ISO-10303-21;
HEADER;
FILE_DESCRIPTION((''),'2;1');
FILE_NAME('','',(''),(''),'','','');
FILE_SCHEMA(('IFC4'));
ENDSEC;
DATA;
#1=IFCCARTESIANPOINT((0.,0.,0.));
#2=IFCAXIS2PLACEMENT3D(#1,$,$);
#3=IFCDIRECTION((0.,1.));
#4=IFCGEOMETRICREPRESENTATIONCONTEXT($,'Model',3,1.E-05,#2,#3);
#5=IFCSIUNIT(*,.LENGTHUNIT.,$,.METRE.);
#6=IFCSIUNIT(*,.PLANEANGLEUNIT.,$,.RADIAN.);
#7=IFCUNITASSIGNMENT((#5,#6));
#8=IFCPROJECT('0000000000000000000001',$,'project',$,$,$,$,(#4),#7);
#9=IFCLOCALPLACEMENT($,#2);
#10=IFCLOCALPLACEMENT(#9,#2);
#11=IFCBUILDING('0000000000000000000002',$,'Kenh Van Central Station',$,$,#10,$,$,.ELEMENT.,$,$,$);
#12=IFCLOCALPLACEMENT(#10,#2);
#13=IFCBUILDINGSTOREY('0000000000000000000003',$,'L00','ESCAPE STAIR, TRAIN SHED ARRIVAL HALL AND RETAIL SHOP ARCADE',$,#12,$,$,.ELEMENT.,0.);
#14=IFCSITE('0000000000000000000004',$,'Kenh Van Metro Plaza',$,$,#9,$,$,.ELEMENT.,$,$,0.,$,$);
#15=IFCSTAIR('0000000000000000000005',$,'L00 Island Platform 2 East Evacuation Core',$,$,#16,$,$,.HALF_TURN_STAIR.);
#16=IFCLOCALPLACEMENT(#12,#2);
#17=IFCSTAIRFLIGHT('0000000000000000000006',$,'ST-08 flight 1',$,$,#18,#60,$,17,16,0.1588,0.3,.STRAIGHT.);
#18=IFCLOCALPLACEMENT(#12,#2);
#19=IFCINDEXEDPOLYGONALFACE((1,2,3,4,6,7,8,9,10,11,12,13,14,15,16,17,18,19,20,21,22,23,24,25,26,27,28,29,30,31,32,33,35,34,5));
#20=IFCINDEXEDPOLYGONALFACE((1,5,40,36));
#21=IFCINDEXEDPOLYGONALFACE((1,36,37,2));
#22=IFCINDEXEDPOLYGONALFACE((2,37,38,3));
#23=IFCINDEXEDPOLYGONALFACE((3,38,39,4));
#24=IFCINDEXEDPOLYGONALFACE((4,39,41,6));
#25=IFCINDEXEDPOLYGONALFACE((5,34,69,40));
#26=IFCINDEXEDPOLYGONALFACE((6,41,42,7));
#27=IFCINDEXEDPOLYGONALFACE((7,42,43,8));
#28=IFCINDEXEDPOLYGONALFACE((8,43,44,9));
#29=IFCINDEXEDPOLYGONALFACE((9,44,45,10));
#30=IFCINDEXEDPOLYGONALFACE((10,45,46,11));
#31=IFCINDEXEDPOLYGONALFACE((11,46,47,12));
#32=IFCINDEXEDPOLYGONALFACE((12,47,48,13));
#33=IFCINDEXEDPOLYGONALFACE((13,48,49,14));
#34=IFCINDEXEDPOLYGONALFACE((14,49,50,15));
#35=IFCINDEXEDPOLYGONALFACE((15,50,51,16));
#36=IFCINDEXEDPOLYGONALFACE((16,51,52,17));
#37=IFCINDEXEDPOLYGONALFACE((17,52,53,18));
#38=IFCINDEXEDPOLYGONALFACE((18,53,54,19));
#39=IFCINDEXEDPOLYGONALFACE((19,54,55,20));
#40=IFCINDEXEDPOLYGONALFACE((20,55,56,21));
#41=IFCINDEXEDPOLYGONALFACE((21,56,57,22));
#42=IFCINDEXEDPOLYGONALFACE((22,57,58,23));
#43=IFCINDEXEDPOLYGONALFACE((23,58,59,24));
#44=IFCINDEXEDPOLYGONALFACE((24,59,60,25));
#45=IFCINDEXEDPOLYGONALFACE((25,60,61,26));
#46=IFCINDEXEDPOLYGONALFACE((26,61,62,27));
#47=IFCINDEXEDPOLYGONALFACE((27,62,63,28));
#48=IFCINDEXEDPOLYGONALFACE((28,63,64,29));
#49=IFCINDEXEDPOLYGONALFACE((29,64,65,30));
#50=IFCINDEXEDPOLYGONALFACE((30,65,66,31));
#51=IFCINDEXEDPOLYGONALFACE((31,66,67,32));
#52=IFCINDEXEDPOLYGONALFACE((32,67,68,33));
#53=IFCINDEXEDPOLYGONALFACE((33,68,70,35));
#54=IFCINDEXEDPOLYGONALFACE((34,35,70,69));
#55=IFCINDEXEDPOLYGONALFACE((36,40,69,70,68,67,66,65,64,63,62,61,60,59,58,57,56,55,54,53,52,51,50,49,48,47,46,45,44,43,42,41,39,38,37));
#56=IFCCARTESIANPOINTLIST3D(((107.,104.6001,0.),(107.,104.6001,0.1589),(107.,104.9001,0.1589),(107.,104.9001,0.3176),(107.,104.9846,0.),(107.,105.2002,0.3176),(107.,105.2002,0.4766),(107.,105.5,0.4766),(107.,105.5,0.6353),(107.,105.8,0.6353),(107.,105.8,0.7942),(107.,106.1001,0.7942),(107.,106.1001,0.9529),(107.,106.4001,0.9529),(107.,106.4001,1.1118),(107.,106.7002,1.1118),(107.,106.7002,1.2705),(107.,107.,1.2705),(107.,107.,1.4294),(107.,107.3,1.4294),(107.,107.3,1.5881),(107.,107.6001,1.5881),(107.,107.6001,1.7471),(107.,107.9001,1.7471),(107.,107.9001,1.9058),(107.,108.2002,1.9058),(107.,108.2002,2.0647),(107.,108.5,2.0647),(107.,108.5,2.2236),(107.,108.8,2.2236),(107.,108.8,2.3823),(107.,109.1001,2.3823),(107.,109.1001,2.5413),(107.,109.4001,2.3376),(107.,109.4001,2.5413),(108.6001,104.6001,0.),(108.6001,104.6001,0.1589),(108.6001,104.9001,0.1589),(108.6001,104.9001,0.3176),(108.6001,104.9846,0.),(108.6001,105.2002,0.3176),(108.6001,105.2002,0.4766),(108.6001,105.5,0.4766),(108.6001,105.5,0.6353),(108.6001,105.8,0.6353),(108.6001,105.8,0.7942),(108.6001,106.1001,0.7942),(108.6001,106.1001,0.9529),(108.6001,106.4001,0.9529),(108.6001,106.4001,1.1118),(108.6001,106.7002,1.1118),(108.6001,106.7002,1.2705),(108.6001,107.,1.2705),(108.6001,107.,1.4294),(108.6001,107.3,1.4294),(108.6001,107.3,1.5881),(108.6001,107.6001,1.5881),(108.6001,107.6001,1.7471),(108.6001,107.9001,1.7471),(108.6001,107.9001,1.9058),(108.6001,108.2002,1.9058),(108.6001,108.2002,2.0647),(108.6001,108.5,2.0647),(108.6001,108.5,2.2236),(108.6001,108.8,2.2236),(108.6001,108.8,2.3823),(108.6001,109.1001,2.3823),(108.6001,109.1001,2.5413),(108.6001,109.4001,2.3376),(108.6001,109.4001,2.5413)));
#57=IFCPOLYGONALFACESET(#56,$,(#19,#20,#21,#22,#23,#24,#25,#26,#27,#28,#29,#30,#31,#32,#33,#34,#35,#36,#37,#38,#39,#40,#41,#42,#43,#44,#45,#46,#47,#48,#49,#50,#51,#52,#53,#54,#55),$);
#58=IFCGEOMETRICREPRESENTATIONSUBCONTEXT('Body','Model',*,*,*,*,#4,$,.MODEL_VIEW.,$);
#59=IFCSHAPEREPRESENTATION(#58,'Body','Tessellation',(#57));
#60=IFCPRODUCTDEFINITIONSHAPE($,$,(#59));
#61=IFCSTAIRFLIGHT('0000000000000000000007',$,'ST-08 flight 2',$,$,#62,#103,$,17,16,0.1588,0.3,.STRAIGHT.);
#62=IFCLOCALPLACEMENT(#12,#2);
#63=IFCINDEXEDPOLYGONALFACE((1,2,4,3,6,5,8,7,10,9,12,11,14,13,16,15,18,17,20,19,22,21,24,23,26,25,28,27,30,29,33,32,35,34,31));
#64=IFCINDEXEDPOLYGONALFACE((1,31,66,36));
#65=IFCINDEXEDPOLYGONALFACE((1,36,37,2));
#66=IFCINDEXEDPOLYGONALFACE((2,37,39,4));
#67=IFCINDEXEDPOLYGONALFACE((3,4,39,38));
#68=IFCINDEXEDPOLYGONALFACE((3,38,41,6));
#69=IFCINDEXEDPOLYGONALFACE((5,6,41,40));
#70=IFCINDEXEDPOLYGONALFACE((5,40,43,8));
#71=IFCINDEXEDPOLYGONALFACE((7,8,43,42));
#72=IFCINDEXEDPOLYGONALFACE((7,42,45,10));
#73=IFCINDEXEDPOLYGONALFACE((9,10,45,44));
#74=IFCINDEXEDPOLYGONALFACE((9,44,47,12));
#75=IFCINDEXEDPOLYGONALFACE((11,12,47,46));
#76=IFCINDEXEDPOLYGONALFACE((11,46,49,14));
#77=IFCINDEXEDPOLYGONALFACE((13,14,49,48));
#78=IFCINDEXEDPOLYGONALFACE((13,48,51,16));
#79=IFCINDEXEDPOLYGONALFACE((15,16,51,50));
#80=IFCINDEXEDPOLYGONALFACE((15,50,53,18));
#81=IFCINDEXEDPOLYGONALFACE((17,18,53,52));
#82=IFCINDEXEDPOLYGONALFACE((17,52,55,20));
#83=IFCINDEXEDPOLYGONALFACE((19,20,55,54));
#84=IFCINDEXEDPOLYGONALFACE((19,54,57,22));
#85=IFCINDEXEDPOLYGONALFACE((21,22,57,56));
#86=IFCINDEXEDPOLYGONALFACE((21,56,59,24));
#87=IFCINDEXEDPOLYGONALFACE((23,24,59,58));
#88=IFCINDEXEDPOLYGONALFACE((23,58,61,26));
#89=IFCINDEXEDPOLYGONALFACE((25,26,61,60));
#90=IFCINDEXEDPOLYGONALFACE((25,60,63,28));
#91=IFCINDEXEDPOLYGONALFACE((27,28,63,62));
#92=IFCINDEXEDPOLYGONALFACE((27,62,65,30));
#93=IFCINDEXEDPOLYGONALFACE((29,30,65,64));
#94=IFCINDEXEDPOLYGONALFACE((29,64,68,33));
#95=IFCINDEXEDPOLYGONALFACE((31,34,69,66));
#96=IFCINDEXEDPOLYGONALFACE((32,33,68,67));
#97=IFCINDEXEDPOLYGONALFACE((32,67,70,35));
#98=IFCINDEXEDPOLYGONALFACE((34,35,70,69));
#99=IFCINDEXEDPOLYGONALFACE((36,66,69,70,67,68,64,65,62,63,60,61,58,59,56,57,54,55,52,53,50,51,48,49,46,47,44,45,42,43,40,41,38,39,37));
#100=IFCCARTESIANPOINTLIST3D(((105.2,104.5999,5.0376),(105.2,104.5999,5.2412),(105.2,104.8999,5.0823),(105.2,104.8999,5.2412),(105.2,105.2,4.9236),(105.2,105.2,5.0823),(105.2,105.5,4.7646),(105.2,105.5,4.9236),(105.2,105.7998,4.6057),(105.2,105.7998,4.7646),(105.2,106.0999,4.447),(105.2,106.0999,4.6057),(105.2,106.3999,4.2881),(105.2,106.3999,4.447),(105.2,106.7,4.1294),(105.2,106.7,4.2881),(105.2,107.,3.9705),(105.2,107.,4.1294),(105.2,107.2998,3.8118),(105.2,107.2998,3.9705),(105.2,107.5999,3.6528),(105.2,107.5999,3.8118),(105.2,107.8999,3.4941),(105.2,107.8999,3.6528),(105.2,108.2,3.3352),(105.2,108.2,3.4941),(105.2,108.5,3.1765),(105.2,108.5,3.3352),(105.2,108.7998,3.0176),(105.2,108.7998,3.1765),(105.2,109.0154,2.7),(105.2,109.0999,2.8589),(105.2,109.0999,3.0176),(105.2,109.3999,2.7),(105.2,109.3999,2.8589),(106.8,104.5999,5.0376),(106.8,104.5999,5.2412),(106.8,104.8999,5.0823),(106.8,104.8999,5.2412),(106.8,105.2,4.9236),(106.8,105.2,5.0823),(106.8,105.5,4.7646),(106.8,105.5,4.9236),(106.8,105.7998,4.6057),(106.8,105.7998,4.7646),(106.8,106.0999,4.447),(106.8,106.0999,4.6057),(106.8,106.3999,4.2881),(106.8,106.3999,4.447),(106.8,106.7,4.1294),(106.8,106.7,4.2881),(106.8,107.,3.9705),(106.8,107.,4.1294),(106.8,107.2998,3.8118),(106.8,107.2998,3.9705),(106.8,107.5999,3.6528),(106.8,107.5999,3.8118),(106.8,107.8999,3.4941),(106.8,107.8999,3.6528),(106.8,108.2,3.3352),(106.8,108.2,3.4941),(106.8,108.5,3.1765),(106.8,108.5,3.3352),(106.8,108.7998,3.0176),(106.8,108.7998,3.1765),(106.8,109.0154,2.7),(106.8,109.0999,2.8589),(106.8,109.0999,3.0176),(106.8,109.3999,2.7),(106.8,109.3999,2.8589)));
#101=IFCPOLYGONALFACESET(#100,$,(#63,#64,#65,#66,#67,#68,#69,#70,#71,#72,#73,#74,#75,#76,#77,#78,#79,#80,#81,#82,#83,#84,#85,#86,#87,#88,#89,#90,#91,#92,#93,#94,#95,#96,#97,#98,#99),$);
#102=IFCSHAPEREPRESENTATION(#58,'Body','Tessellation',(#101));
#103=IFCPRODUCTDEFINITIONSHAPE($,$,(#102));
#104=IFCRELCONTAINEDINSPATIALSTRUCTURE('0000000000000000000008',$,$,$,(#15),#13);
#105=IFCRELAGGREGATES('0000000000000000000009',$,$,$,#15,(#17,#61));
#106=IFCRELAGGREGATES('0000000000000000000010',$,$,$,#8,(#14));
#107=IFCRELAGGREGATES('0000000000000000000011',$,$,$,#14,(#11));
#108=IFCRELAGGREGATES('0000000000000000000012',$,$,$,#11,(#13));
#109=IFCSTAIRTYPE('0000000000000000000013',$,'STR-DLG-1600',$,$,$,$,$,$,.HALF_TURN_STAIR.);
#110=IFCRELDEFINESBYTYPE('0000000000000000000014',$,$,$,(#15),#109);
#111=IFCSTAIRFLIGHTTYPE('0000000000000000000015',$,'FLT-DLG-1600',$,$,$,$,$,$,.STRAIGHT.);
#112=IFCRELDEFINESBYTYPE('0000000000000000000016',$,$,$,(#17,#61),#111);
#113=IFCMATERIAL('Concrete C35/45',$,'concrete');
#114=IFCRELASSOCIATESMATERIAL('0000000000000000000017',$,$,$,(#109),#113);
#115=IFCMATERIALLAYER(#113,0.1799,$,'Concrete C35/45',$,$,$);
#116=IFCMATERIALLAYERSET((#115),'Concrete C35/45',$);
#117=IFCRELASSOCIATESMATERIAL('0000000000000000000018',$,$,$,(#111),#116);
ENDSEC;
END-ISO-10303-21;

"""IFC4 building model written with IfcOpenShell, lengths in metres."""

from ifc_helpers import new_model, si_unit, direction, frame, origin, place, context, subcontext, project, spatial, polyline, outline, extrude, material, layer, layer_set, type_object, element, aggregate, save


model = new_model("IFC4")

# Units and contexts
model_context = context("Model", 3, precision=1e-05, world=origin(), true_north=direction((0.0, 1.0)))
body_context = subcontext(model_context, "Body", "Model", "MODEL_VIEW")
ifc_project = project(units=[si_unit("LENGTHUNIT", "METRE"), si_unit("PLANEANGLEUNIT", "RADIAN")], contexts=[model_context])

# Site, building, storey
site_placement = place(None, origin())
site = spatial("IfcSite", under=ifc_project, at=site_placement, Name="Kenh Van Metro Plaza", CompositionType="ELEMENT", RefElevation=0.0)
building_placement = place(site_placement, origin())
building = spatial("IfcBuilding", under=site, at=building_placement, Name="Kenh Van Central Station", CompositionType="ELEMENT")
storey_placement = place(building_placement, origin())
storey = spatial("IfcBuildingStorey", under=building, at=storey_placement, Name="L00", Description="ESCAPE STAIR, TRAIN SHED ARRIVAL HALL AND RETAIL SHOP ARCADE", CompositionType="ELEMENT", Elevation=0.0)

# Stair, stair flights
ifc_material_1 = material(Name="Concrete C35/45", Category="concrete")
stair_type = type_object("IfcStairType", Name="STR-DLG-1600", PredefinedType="HALF_TURN_STAIR", material=ifc_material_1)
stair_placement = place(storey_placement, origin())
stair = element("IfcStair", 1, at=stair_placement, inside=storey, type_object=stair_type, Name="L00 Island Platform 2 East Evacuation Core", PredefinedType="HALF_TURN_STAIR")
ifc_layer_1 = layer(ifc_material_1, 0.1799, Name="Concrete C35/45")
ifc_layer_set_1 = layer_set([ifc_layer_1], Name="Concrete C35/45")
stair_flight_type = type_object("IfcStairFlightType", Name="FLT-DLG-1600", PredefinedType="STRAIGHT", material=ifc_layer_set_1)
stair_flight_1_placement = place(storey_placement, frame((107.8, 104.6001, 0.0), z_axis=(0.0, 0.0, 1.0), x_axis=(0.0, 1.0, 0.0)))
stair_flight_1 = element("IfcStairFlight", 2, at=stair_flight_1_placement, type_object=stair_flight_type, Name="ST-08 flight 1", NumberOfRisers=17, NumberOfTreads=16, PredefinedType="STRAIGHT", RiserHeight=0.1588, TreadLength=0.3, context=body_context, shape_type="SweptSolid", body=[
    extrude(outline(polyline([(0.0, 0.0), (0.0, 0.1589), (0.3, 0.1589), (0.3, 0.3176), (0.6001, 0.3176), (0.6001, 0.4766), (0.8999, 0.4766), (0.8999, 0.6353), (1.2, 0.6353), (1.2, 0.7942), (1.5, 0.7942), (1.5, 0.9529), (1.8, 0.9529), (1.8, 1.1118), (2.1001, 1.1118), (2.1001, 1.2705), (2.3999, 1.2705), (2.3999, 1.4294), (2.7, 1.4294), (2.7, 1.5881), (3.0, 1.5881), (3.0, 1.7471), (3.3, 1.7471), (3.3, 1.9058), (3.6001, 1.9058), (3.6001, 2.0647), (3.8999, 2.0647), (3.8999, 2.2236), (4.2, 2.2236), (4.2, 2.3823), (4.5, 2.3823), (4.5, 2.5413), (4.8, 2.5413), (4.8, 2.7), (4.8, 2.3376), (0.3845, 0.0), (0.0, 0.0)])), frame((0.0, 0.8, 0.0), z_axis=(0.0, -1.0, 0.0), x_axis=(1.0, 0.0, 0.0)), (0.0, 0.0, 1.0), 1.6001),
])
stair_flight_2_placement = place(storey_placement, frame((106.0, 109.3999, 2.7), z_axis=(0.0, 0.0, 1.0), x_axis=(0.0, -1.0, 0.0)))
stair_flight_2 = element("IfcStairFlight", 3, at=stair_flight_2_placement, type_object=stair_flight_type, Name="ST-08 flight 2", NumberOfRisers=17, NumberOfTreads=16, PredefinedType="STRAIGHT", RiserHeight=0.1588, TreadLength=0.3, context=body_context, shape_type="SweptSolid", body=[
    extrude(outline(polyline([(0.0, 0.0), (0.0, 0.1589), (0.3, 0.1589), (0.3, 0.3176), (0.6001, 0.3176), (0.6001, 0.4766), (0.8999, 0.4766), (0.8999, 0.6353), (1.2, 0.6353), (1.2, 0.7942), (1.5, 0.7942), (1.5, 0.9529), (1.8, 0.9529), (1.8, 1.1118), (2.1001, 1.1118), (2.1001, 1.2705), (2.3999, 1.2705), (2.3999, 1.4294), (2.7, 1.4294), (2.7, 1.5881), (3.0, 1.5881), (3.0, 1.7471), (3.3, 1.7471), (3.3, 1.9058), (3.6001, 1.9058), (3.6001, 2.0647), (3.8999, 2.0647), (3.8999, 2.2236), (4.2, 2.2236), (4.2, 2.3823), (4.5, 2.3823), (4.5, 2.5413), (4.8, 2.5413), (4.8, 2.7), (4.8, 2.3376), (0.3845, 0.0), (0.0, 0.0)])), frame((0.0, 0.8, 0.0), z_axis=(0.0, -1.0, 0.0), x_axis=(1.0, 0.0, 0.0)), (0.0, 0.0, 1.0), 1.6001),
])
aggregate(stair, [stair_flight_1, stair_flight_2])

save(model, "model.ifc")
